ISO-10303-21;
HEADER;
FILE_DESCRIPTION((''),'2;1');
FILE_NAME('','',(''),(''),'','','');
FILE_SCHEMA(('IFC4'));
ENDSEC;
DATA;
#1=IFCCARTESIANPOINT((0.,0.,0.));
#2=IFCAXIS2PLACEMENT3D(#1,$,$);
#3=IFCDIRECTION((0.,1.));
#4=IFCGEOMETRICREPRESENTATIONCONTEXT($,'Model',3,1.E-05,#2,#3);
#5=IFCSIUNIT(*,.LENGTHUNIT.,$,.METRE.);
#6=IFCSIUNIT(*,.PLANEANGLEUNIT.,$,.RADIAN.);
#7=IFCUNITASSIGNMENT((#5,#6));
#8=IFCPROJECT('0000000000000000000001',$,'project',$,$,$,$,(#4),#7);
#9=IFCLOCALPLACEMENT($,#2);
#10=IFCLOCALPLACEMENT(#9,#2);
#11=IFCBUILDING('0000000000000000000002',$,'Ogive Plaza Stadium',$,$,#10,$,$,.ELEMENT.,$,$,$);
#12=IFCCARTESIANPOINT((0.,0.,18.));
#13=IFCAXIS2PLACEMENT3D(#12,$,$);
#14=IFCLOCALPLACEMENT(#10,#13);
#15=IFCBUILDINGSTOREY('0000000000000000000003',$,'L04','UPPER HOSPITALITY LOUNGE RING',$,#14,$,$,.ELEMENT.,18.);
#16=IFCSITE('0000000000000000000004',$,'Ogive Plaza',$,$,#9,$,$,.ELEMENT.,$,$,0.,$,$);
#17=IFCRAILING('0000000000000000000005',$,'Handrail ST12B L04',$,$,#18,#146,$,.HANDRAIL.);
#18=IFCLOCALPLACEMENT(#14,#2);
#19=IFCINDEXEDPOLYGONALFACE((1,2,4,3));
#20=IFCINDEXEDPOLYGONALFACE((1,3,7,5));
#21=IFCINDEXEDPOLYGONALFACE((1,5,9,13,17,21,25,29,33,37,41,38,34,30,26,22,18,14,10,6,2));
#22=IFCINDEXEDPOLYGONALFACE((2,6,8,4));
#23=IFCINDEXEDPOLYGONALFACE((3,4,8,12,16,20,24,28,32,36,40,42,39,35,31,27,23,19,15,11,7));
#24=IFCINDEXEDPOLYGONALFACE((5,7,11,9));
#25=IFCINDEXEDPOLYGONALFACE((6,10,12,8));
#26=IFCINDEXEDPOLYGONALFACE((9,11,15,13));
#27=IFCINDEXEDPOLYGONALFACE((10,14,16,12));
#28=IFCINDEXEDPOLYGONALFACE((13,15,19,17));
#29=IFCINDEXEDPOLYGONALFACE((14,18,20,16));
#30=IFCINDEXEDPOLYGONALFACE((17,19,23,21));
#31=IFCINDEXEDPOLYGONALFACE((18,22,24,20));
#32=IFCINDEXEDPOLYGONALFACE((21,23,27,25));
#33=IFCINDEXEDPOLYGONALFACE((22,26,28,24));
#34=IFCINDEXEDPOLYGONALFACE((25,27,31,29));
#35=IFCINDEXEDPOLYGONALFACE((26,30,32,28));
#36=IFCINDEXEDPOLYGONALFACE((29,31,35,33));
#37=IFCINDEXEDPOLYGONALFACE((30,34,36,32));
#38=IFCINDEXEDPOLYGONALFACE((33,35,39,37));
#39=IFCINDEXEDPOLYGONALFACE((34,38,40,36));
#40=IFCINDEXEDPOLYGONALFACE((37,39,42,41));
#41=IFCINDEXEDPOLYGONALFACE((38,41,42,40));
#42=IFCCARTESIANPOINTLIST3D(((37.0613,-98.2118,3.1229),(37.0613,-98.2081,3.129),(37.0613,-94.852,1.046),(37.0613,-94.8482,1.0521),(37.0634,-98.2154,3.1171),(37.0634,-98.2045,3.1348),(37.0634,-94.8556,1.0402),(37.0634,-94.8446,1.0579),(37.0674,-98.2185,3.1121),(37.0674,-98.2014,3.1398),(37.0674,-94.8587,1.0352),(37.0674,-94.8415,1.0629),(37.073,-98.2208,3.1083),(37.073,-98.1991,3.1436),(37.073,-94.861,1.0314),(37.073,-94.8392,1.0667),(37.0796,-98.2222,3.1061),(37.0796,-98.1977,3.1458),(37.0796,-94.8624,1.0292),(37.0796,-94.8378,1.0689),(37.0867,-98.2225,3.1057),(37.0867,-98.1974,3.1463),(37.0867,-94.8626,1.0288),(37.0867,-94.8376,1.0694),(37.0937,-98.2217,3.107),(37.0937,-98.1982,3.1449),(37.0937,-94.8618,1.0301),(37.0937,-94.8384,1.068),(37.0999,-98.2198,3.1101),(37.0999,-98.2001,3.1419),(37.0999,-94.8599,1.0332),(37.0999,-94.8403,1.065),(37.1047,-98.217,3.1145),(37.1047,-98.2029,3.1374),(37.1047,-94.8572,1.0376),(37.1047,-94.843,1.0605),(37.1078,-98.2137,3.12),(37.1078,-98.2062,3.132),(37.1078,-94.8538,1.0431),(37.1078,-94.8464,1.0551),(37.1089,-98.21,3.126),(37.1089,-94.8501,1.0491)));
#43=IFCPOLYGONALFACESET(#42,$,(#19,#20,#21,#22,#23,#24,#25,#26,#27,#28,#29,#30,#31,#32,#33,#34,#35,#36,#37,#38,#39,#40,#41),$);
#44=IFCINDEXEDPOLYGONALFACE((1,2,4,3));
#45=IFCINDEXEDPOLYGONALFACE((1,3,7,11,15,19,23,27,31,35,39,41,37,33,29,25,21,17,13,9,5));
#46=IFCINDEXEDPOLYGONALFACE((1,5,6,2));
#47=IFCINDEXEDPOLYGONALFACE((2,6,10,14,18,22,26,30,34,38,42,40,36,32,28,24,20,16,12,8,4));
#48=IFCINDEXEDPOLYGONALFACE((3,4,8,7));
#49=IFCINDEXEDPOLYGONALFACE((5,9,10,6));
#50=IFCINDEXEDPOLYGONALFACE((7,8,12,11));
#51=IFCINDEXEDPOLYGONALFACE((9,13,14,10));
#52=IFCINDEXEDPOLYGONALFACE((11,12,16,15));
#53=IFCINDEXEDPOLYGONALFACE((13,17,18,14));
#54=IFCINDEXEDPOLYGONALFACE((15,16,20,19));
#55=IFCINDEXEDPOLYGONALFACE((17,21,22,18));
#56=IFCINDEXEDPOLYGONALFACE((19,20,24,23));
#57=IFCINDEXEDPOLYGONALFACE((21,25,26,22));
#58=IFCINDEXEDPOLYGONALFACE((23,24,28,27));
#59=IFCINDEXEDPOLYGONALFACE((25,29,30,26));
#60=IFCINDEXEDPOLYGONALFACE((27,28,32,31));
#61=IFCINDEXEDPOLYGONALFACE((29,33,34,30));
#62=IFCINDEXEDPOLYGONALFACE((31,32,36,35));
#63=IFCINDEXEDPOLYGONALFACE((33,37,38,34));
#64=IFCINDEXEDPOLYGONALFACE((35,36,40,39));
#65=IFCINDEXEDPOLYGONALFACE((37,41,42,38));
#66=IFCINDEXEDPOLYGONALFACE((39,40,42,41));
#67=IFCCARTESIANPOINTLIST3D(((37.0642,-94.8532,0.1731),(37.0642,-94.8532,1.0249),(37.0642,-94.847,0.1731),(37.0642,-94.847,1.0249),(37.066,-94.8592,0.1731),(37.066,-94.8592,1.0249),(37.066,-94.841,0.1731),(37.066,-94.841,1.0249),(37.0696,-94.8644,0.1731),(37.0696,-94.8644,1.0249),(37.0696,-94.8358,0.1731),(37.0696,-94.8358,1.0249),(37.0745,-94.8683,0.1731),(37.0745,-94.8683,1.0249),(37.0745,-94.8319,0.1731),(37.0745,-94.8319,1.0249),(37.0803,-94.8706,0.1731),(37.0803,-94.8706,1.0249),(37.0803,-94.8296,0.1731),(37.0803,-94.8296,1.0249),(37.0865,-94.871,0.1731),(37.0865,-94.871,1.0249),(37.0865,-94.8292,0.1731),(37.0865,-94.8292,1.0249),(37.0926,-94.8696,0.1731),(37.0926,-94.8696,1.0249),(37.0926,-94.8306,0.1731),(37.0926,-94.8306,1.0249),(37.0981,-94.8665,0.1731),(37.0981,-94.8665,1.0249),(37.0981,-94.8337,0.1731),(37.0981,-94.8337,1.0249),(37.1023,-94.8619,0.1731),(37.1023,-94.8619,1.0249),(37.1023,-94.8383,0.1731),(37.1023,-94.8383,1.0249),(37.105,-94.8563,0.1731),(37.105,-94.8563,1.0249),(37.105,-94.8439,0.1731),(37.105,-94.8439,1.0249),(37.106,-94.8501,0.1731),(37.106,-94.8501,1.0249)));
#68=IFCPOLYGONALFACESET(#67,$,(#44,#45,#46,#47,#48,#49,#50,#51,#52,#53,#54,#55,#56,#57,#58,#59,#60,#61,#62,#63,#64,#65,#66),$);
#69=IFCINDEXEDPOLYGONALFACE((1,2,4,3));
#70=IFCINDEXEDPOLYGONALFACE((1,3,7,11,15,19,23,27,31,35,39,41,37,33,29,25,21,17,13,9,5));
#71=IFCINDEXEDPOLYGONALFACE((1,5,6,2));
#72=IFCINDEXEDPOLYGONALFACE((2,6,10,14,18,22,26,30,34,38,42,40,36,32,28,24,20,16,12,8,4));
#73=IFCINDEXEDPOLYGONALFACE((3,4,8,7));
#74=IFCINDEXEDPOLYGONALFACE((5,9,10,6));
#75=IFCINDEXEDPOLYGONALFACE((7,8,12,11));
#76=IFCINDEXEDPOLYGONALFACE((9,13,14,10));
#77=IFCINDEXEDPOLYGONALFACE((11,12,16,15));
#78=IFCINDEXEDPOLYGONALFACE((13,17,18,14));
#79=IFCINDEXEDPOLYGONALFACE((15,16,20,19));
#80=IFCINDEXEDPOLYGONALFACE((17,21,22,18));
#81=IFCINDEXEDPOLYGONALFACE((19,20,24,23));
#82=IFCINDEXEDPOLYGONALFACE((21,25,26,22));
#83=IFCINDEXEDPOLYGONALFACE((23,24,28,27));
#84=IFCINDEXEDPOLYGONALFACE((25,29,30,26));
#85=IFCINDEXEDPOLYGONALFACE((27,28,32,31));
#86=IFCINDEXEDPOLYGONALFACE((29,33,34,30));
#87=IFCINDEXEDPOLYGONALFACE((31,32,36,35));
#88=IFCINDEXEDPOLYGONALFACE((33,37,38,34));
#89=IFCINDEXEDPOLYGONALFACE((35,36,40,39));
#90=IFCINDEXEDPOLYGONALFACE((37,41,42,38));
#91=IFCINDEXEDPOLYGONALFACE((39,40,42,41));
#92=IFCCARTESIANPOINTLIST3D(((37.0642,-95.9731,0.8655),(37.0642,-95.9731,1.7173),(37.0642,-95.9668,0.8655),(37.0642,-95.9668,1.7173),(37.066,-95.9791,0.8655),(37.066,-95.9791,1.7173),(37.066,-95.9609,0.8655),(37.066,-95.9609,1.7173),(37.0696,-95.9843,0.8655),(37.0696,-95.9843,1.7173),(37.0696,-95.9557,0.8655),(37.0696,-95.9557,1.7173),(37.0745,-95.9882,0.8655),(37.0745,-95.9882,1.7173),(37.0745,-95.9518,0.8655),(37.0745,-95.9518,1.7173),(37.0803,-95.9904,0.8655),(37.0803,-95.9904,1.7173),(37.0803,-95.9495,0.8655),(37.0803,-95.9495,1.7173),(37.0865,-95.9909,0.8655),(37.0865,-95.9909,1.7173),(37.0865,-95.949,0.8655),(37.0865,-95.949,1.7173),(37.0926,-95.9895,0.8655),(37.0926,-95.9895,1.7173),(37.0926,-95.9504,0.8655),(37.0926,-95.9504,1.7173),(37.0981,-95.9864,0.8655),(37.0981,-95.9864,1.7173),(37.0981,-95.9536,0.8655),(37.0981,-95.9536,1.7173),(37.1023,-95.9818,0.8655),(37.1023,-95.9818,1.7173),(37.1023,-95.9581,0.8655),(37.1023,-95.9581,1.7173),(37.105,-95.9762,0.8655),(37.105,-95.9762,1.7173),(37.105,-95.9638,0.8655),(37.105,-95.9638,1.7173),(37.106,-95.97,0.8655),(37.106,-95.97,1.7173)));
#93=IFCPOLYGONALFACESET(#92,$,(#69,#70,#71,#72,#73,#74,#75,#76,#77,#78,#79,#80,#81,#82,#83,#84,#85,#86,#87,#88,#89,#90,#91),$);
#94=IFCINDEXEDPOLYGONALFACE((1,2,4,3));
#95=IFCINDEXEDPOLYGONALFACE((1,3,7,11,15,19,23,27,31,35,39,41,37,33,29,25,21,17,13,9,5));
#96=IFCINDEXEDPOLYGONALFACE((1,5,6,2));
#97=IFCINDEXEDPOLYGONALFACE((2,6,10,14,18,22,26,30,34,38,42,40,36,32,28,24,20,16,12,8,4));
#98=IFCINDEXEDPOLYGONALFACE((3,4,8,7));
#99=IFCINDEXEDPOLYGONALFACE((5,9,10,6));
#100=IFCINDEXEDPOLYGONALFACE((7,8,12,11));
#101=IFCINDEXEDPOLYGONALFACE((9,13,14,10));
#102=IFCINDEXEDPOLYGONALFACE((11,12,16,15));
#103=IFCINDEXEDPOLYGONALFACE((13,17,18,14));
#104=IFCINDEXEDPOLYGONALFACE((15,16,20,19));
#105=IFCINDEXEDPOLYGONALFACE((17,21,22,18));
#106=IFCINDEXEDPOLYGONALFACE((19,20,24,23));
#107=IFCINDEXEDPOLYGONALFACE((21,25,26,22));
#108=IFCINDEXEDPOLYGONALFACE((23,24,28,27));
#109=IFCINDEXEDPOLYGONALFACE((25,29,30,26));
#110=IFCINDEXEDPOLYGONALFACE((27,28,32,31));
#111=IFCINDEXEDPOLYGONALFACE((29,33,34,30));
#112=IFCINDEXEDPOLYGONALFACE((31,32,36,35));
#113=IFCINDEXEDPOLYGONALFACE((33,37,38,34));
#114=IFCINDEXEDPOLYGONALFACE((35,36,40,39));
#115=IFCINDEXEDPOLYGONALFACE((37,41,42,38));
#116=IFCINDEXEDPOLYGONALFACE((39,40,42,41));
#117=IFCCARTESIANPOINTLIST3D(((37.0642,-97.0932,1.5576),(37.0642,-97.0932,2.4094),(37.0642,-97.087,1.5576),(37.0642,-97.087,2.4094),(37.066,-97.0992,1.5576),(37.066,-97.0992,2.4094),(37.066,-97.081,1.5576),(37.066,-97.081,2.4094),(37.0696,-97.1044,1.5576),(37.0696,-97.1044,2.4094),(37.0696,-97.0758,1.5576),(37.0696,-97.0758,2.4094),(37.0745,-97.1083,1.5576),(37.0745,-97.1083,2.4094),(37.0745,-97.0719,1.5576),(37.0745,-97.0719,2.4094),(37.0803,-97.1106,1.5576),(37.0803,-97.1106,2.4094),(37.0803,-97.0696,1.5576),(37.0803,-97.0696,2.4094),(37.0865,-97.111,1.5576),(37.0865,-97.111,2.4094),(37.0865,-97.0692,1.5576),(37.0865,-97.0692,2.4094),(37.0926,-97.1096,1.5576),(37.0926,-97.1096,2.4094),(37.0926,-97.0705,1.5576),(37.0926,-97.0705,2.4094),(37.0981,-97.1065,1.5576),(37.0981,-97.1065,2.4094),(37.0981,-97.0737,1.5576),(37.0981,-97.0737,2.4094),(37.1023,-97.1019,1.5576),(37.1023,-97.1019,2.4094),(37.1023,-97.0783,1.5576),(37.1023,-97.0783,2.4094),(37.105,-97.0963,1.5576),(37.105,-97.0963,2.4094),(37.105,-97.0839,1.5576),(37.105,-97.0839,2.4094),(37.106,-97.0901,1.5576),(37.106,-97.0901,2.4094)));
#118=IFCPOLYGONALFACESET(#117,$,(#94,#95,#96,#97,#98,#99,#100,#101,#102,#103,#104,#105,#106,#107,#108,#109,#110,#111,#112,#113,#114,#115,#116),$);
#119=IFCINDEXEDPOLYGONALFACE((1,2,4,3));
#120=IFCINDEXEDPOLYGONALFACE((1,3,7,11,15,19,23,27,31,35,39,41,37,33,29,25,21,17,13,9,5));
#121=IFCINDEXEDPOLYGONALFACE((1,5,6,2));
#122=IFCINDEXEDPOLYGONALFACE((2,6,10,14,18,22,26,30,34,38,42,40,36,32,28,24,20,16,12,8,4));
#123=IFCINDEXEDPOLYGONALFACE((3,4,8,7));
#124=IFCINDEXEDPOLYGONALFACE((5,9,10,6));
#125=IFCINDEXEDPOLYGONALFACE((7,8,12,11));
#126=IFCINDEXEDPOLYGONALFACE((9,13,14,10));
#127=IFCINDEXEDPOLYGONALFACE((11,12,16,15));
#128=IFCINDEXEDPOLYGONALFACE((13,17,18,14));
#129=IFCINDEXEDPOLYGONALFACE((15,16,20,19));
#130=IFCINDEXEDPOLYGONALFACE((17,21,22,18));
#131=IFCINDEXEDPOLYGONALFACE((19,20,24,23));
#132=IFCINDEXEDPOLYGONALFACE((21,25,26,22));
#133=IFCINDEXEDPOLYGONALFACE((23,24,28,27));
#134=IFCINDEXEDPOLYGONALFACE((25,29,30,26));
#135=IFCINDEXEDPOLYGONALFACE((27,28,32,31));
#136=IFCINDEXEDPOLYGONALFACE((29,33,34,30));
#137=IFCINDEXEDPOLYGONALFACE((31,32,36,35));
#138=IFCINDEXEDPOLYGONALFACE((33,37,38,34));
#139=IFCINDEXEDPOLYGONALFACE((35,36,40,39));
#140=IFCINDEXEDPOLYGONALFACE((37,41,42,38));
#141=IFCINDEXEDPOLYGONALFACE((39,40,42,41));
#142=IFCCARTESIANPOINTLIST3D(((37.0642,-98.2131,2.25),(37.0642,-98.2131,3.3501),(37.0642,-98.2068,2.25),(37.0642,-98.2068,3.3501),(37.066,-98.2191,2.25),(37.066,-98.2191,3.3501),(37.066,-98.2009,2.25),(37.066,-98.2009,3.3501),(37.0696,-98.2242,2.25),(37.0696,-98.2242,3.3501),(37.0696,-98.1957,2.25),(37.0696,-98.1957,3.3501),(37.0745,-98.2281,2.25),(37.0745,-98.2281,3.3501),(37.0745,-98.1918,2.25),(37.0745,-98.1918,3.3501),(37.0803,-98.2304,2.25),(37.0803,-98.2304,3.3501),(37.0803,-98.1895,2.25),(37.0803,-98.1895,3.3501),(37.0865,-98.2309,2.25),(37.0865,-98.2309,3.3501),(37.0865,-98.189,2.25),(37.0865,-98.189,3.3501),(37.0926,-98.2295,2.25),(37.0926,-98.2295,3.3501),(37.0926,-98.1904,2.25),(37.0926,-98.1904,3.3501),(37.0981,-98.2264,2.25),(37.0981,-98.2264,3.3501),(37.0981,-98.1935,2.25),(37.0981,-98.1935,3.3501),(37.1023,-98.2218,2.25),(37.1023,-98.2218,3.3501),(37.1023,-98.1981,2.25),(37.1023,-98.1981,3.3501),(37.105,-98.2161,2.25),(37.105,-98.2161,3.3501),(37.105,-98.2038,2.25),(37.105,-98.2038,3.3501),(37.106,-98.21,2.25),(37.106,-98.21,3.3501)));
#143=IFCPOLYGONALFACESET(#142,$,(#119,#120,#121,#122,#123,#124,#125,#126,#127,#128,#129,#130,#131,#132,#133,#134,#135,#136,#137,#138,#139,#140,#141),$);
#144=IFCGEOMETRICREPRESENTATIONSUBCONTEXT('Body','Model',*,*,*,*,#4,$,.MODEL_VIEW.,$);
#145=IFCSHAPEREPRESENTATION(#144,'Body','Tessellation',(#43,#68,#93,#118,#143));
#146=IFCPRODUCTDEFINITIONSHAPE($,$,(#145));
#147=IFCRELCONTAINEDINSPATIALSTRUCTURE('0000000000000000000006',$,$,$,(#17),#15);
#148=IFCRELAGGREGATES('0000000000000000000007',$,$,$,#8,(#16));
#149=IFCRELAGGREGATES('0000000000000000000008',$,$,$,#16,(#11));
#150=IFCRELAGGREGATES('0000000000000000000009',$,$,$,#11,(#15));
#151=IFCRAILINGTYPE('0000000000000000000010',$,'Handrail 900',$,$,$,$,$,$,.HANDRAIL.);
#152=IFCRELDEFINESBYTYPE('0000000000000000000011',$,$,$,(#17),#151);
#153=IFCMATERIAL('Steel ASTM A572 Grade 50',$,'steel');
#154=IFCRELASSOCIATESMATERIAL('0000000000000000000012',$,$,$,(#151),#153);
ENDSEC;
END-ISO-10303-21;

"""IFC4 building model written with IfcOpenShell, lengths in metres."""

from ifc_helpers import new_model, si_unit, direction, frame, origin, origin_2d, place, context, subcontext, project, spatial, circle, extrude, material, type_object, element, save


model = new_model("IFC4")

# Units and contexts
model_context = context("Model", 3, precision=1e-05, world=origin(), true_north=direction((0.0, 1.0)))
body_context = subcontext(model_context, "Body", "Model", "MODEL_VIEW")
ifc_project = project(units=[si_unit("LENGTHUNIT", "METRE"), si_unit("PLANEANGLEUNIT", "RADIAN")], contexts=[model_context])

# Site, building, storey
site_placement = place(None, origin())
site = spatial("IfcSite", under=ifc_project, at=site_placement, Name="Ogive Plaza", CompositionType="ELEMENT", RefElevation=0.0)
building_placement = place(site_placement, origin())
building = spatial("IfcBuilding", under=site, at=building_placement, Name="Ogive Plaza Stadium", CompositionType="ELEMENT")
storey_placement = place(building_placement, frame((0.0, 0.0, 18.0)))
storey = spatial("IfcBuildingStorey", under=building, at=storey_placement, Name="L04", Description="UPPER HOSPITALITY LOUNGE RING", CompositionType="ELEMENT", Elevation=18.0)

# Railing
ifc_material_1 = material(Name="Steel ASTM A572 Grade 50", Category="steel")
railing_type_1 = type_object("IfcRailingType", Name="Handrail 900", PredefinedType="HANDRAIL", material=ifc_material_1)
for number, where, name in (
    (1, (37.085, -94.8501, 0.1731), "Handrail ST12B L04"),
):
    element("IfcRailing", number, at=place(storey_placement, frame(where)), inside=storey, type_object=railing_type_1, Name=name, PredefinedType="HANDRAIL", context=body_context, shape_type="SweptSolid", body=[
        extrude(circle(Radius=0.0239, at=origin_2d()), frame((0.0, 0.0, 0.876), z_axis=(0.0, -0.850606, 0.525803), x_axis=(1.0, 0.0, 0.0)), (0.0, 0.0, 1.0), 3.95),
        extrude(circle(Radius=0.021, at=origin_2d()), origin(), (0.0, 0.0, 1.0), 0.8518),
        extrude(circle(Radius=0.021, at=origin_2d()), frame((0.0, -1.1199, 0.6924)), (0.0, 0.0, 1.0), 0.8518),
        extrude(circle(Radius=0.021, at=origin_2d()), frame((0.0, -2.24, 1.3845)), (0.0, 0.0, 1.0), 0.8518),
        extrude(circle(Radius=0.021, at=origin_2d()), frame((0.0, -3.3599, 2.0769)), (0.0, 0.0, 1.0), 1.1001),
    ])

save(model, "model.ifc")
